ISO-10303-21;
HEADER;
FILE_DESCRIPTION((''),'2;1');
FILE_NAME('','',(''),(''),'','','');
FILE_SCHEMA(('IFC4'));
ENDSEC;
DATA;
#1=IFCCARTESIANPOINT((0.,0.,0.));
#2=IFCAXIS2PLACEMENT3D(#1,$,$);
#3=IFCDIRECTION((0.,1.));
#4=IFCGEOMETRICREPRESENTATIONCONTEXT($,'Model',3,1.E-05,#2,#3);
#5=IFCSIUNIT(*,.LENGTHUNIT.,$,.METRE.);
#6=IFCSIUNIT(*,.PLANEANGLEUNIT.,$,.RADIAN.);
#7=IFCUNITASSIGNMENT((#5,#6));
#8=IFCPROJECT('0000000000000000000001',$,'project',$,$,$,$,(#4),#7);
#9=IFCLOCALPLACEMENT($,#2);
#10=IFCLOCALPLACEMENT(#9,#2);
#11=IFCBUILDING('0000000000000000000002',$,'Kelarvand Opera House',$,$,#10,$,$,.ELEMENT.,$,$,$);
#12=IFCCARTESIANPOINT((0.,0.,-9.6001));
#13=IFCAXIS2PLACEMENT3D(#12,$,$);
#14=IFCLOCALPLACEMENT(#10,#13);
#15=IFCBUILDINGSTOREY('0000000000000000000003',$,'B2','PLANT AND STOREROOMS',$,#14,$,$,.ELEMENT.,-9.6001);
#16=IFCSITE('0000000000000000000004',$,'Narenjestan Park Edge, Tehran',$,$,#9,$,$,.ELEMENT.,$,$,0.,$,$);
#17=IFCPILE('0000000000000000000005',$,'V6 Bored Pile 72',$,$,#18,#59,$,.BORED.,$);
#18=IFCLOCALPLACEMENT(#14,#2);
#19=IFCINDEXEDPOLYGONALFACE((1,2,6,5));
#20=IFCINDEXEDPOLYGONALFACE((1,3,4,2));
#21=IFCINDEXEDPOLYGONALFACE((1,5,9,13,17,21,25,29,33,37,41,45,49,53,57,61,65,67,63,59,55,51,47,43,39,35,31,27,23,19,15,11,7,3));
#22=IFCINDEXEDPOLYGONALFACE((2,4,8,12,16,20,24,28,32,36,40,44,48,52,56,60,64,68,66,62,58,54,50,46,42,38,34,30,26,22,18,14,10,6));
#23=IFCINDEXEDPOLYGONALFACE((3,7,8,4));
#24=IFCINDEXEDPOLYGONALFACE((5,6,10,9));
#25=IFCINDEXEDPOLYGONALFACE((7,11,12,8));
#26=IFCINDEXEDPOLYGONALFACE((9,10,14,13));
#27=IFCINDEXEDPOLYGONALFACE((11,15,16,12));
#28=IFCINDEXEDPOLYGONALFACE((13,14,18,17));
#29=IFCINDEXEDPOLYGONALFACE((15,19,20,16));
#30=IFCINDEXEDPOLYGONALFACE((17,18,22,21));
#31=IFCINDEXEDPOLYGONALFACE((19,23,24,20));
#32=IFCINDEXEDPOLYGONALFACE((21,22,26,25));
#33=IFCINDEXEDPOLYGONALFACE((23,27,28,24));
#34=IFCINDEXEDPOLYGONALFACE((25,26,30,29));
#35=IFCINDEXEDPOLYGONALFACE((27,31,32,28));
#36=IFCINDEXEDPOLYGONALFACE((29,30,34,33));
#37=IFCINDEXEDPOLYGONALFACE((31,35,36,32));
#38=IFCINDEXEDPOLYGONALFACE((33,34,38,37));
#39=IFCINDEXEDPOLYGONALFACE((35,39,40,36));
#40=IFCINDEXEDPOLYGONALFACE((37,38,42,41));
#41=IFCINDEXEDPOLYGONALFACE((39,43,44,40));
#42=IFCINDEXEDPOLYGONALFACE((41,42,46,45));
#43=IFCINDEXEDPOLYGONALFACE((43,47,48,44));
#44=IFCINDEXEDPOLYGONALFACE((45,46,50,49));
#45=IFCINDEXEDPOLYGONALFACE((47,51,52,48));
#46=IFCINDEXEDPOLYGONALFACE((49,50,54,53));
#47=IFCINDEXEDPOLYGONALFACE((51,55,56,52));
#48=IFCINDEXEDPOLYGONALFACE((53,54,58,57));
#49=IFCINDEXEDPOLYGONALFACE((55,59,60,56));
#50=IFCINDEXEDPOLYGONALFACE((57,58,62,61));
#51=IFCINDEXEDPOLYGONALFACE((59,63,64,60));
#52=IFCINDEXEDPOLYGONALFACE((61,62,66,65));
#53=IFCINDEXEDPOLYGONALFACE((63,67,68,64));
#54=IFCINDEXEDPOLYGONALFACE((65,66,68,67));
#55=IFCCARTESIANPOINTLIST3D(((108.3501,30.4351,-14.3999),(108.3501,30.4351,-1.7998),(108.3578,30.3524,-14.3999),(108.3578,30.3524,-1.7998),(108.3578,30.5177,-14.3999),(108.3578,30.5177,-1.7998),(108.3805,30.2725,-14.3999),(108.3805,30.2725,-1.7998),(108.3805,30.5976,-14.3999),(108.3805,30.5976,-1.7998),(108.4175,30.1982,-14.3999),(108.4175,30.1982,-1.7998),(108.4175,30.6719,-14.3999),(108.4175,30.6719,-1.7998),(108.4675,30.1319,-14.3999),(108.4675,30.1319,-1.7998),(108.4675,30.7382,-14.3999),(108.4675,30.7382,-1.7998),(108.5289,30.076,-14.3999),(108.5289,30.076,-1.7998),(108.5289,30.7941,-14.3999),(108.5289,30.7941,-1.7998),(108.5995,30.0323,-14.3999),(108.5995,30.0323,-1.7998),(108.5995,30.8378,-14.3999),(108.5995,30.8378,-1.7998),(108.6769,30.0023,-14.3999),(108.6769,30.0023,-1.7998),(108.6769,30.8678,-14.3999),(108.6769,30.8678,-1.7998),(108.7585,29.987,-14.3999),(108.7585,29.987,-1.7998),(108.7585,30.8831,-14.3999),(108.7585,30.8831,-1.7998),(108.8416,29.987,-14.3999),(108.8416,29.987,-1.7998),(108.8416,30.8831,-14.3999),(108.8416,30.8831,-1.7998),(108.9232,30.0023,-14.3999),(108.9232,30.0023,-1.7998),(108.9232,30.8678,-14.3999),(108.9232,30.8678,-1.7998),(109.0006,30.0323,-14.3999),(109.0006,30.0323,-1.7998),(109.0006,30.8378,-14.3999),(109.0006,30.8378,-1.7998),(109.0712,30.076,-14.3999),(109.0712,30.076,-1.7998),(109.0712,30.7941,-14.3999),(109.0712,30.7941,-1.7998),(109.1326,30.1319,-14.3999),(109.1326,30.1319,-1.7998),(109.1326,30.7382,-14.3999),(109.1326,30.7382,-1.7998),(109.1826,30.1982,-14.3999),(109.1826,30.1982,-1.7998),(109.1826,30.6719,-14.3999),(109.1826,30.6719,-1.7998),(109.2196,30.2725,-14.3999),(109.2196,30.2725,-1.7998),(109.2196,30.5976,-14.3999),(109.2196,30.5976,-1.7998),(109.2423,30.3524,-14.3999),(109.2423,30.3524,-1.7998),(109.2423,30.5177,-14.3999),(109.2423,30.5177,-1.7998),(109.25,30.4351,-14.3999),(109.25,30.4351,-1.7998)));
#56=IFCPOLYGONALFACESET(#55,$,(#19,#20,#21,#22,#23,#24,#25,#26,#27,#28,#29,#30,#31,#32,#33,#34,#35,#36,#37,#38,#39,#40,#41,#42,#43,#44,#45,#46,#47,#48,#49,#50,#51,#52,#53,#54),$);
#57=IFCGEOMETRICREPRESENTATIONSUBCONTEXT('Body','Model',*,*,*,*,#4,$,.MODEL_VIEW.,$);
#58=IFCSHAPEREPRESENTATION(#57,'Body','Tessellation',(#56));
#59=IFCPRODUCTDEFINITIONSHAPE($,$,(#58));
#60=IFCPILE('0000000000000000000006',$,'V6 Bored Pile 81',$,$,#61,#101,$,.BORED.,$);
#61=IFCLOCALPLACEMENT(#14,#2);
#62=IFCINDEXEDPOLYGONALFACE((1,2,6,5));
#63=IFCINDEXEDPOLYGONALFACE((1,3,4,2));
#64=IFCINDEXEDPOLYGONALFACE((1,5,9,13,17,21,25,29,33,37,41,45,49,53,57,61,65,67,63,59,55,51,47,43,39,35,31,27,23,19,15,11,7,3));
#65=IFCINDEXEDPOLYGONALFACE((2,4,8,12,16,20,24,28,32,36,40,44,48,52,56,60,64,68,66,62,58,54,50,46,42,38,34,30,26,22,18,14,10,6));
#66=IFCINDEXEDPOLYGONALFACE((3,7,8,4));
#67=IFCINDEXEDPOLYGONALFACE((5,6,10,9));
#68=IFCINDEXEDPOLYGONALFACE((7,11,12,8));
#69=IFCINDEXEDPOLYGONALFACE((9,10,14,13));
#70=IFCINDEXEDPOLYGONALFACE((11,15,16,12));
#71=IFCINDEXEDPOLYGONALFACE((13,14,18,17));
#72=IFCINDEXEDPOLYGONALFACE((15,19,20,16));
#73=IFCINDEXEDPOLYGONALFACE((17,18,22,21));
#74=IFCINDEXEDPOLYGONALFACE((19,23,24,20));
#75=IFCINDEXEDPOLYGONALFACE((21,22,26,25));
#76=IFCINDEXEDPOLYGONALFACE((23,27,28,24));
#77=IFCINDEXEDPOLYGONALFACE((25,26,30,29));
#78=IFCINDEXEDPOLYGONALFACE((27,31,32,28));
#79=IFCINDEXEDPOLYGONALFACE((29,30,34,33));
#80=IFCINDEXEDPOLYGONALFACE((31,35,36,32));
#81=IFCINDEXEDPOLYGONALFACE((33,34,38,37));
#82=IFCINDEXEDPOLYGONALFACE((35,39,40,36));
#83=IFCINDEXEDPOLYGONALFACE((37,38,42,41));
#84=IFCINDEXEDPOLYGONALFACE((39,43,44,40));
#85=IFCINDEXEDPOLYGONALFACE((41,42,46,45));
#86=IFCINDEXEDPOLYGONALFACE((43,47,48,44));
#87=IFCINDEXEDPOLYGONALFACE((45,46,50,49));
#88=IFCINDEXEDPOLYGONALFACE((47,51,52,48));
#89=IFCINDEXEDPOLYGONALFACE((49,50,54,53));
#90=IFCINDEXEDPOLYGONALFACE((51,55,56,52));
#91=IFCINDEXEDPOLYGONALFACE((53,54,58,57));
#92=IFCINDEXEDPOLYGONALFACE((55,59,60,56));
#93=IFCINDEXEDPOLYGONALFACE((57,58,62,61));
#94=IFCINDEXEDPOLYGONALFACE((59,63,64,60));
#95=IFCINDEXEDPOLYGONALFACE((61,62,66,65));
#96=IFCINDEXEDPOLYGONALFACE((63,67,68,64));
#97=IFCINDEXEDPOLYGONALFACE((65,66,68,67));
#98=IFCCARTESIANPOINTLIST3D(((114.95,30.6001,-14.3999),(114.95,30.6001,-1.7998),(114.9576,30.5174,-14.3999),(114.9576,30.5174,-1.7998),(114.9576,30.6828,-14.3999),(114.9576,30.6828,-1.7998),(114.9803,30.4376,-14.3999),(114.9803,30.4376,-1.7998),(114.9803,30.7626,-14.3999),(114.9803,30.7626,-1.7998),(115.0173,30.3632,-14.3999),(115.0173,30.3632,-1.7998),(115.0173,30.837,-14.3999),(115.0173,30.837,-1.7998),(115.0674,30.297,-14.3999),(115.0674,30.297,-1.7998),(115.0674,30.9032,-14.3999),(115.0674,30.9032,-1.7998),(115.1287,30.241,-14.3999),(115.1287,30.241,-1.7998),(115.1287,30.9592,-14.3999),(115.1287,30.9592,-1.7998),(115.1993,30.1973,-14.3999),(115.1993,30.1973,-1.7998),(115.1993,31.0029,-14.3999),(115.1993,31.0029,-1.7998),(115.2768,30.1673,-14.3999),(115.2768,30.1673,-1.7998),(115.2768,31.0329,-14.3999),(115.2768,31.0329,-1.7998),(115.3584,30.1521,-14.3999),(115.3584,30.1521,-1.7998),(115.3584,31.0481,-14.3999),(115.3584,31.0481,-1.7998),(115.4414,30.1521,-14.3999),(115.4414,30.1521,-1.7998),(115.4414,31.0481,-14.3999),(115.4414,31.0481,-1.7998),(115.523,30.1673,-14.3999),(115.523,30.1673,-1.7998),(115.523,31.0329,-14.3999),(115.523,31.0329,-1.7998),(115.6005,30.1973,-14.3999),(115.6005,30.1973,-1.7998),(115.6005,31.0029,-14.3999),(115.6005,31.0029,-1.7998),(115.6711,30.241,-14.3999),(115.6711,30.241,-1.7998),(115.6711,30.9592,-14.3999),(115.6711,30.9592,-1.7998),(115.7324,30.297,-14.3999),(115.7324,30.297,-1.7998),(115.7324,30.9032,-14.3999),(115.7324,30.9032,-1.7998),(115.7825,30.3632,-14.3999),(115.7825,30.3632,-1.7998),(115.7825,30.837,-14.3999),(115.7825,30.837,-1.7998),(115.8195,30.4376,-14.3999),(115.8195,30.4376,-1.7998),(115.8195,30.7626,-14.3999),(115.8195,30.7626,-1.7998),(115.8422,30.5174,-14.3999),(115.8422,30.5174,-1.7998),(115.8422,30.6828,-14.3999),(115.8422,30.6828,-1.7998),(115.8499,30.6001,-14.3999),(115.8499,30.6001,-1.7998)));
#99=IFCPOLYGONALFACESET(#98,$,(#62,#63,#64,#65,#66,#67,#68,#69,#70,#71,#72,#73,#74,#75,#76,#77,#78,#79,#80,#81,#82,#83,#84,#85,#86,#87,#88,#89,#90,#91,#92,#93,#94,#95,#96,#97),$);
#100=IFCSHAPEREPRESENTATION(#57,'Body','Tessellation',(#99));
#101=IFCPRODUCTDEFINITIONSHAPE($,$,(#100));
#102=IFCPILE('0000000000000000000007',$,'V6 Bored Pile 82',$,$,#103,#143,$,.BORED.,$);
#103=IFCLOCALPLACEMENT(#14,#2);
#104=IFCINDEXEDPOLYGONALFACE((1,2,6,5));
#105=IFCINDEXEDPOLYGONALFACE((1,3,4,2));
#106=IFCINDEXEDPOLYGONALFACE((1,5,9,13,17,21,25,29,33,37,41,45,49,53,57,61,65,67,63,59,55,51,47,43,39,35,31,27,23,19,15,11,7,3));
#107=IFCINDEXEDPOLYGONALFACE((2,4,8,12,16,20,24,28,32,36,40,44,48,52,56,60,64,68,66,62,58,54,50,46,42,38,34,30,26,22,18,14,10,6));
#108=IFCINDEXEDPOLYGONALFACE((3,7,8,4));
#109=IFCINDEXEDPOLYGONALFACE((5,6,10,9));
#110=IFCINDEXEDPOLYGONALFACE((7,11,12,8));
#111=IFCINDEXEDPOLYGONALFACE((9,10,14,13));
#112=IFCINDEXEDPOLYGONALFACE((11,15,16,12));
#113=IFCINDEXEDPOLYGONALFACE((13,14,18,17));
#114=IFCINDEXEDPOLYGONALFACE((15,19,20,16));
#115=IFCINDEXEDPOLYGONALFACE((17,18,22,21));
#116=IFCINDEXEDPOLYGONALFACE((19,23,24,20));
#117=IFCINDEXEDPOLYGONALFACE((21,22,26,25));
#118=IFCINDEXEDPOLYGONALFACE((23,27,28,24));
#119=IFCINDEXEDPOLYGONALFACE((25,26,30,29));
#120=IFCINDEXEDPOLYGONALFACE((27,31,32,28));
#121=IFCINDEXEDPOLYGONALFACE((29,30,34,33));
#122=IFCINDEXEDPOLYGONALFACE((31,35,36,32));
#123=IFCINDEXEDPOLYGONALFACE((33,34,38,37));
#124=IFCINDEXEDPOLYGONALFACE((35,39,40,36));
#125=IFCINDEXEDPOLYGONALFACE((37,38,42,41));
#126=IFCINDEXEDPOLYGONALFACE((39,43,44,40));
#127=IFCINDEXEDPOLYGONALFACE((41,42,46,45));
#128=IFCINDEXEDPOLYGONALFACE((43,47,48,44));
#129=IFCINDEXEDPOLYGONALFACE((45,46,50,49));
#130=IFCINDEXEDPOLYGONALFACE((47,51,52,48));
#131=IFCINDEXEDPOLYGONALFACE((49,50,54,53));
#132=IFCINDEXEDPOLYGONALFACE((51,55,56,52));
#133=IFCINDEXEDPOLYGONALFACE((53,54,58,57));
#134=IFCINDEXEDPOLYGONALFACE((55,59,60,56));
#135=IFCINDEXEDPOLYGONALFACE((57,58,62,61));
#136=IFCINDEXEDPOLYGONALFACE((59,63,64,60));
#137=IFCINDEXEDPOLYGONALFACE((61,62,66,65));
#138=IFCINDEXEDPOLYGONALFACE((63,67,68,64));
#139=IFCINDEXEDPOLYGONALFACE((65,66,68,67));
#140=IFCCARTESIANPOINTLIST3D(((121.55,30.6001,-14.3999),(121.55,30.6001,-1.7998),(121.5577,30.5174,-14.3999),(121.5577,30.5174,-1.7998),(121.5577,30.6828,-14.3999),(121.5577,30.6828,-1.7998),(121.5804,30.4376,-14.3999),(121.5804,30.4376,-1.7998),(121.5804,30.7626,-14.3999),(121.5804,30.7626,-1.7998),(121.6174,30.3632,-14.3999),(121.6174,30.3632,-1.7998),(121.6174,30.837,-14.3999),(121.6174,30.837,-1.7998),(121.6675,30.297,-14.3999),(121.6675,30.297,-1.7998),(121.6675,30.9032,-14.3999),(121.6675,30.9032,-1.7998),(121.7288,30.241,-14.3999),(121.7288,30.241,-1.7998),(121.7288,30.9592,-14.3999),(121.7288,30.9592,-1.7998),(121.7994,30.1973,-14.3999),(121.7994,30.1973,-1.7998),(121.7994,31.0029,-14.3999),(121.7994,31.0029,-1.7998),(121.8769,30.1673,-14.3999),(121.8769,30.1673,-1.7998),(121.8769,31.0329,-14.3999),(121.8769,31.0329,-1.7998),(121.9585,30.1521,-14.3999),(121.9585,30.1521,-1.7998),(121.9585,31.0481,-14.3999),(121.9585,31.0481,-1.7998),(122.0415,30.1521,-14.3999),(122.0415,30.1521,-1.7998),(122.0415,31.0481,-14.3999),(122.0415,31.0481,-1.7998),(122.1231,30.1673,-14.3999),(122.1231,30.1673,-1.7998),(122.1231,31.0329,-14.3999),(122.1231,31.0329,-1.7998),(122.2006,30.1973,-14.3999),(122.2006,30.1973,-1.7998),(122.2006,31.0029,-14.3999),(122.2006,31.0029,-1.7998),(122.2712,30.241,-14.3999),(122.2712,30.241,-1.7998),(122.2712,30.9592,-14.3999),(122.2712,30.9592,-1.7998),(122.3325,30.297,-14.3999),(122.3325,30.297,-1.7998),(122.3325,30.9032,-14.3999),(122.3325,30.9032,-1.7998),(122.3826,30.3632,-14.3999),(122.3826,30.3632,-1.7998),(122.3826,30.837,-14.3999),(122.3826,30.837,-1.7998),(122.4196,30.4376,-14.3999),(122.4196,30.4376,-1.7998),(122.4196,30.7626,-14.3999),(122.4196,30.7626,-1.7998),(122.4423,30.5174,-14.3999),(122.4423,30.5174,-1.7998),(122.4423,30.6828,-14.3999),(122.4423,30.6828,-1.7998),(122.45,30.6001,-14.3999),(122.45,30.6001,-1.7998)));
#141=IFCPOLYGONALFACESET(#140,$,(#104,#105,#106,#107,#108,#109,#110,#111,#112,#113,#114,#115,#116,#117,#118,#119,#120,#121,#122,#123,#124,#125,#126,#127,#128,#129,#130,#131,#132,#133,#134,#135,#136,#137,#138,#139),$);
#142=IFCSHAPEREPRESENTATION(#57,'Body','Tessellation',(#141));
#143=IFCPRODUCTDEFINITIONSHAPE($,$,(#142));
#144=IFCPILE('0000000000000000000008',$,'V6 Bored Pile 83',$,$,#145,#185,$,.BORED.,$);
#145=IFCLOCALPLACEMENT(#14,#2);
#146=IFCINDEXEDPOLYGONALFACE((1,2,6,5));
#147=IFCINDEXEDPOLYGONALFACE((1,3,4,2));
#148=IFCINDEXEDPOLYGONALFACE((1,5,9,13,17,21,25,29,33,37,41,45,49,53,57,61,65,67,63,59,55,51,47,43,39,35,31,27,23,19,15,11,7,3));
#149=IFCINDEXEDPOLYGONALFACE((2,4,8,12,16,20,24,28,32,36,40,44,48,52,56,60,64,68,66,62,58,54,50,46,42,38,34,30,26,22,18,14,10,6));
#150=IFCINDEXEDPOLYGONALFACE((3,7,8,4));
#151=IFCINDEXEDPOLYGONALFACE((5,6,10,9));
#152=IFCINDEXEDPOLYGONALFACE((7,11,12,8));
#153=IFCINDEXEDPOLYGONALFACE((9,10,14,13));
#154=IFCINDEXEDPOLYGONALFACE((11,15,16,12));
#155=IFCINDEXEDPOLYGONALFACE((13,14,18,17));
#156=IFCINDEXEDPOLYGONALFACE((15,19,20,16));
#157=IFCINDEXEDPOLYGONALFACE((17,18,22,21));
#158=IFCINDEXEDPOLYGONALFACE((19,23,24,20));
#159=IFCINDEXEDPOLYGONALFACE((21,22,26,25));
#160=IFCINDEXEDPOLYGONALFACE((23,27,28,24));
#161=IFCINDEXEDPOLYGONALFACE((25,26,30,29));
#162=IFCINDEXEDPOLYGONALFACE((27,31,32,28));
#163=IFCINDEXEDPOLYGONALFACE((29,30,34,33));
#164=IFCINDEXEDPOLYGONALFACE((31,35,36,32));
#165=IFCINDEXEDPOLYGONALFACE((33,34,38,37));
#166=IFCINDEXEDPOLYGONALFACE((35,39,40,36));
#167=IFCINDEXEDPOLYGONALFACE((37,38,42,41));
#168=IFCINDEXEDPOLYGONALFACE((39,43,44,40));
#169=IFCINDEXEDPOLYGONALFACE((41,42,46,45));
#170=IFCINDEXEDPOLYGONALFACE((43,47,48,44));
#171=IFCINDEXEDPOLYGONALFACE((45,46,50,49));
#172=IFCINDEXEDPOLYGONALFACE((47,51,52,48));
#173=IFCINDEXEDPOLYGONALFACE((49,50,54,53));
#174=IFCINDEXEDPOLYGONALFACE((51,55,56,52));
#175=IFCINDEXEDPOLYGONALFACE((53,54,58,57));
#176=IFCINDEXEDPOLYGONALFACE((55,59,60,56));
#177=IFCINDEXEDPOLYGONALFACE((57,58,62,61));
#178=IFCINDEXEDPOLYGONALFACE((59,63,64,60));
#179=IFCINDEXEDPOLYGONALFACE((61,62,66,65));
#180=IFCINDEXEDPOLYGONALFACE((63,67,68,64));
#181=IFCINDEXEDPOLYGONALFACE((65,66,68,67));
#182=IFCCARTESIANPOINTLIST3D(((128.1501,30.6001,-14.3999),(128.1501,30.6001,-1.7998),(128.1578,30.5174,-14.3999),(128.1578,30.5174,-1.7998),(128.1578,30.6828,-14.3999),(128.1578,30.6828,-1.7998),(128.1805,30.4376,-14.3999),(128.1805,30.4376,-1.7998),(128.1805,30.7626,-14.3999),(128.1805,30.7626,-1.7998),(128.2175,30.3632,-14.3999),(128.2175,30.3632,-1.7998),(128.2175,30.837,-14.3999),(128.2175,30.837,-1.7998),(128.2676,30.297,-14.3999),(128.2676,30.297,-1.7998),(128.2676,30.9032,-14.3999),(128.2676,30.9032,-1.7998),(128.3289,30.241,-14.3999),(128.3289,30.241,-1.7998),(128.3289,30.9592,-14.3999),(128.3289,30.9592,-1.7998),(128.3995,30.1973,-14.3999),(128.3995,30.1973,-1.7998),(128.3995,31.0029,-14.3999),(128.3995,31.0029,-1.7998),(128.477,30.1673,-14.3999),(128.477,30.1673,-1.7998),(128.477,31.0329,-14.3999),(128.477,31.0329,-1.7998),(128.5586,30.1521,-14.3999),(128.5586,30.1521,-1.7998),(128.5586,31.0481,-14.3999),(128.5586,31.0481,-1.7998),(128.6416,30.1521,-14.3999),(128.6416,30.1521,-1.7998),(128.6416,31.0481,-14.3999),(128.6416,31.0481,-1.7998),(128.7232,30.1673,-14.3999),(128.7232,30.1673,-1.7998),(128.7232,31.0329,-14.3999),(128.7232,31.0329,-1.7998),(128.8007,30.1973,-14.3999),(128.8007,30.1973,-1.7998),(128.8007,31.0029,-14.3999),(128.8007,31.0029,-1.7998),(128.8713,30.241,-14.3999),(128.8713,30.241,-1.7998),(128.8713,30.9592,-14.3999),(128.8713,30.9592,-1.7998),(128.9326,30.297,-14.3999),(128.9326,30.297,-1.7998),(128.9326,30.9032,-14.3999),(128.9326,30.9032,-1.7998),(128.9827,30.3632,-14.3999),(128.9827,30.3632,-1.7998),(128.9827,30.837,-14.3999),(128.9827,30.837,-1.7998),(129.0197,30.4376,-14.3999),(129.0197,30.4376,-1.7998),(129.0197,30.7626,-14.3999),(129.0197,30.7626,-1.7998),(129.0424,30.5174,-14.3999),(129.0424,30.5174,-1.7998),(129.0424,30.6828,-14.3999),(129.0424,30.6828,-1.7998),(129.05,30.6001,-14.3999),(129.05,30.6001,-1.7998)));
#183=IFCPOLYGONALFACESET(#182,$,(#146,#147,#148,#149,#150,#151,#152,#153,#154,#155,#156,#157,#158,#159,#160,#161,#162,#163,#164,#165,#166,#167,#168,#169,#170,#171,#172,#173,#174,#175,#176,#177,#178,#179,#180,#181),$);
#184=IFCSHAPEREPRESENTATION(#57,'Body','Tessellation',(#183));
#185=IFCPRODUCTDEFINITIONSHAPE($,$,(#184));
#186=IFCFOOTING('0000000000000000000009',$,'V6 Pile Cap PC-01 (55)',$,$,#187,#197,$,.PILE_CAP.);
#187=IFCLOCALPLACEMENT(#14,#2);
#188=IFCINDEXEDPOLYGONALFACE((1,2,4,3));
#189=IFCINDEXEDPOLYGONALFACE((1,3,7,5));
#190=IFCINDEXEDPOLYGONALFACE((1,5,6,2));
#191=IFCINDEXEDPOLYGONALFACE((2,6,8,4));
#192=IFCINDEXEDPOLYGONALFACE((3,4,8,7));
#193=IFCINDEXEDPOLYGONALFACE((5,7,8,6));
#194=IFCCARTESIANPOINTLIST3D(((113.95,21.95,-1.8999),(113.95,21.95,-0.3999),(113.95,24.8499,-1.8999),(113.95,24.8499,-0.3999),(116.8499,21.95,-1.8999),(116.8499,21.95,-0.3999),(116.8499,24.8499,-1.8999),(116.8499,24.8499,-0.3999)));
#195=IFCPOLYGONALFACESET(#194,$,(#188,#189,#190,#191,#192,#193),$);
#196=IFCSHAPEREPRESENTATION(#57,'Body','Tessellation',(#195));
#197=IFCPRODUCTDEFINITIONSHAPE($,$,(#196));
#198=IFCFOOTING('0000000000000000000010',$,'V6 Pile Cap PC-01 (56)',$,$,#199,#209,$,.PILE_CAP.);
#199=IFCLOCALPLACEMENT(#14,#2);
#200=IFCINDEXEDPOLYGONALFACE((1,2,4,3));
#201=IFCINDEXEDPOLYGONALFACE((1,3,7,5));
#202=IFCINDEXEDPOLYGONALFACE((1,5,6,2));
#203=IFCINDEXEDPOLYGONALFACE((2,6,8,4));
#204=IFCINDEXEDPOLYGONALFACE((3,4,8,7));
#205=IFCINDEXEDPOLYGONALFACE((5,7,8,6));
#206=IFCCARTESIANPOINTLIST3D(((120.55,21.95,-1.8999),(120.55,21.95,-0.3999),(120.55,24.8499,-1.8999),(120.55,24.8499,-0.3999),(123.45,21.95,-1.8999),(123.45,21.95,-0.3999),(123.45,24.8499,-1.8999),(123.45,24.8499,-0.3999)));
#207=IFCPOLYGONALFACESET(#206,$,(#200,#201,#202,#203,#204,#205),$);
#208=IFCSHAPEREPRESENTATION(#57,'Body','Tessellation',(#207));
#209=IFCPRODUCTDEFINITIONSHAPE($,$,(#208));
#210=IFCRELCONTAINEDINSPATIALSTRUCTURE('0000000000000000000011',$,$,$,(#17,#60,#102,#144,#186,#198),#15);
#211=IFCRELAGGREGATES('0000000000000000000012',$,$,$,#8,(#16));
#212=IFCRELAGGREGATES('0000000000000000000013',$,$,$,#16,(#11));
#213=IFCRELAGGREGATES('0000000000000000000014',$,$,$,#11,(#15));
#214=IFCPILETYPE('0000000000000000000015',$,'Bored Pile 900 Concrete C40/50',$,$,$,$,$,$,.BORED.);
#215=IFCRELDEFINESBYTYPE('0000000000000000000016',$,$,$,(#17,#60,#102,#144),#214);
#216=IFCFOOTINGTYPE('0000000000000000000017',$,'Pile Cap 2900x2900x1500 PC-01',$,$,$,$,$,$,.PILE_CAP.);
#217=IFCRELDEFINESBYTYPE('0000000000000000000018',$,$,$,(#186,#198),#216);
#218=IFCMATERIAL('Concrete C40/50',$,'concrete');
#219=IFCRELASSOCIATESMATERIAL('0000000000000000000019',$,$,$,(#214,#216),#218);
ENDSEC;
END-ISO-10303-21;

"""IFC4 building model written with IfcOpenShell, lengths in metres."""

from ifc_helpers import new_model, si_unit, direction, frame, origin, origin_2d, place, context, subcontext, project, spatial, rectangle, circle, extrude, material, material_profile, profile_set, type_object, element, save


model = new_model("IFC4")

# Units and contexts
model_context = context("Model", 3, precision=1e-05, world=origin(), true_north=direction((0.0, 1.0)))
body_context = subcontext(model_context, "Body", "Model", "MODEL_VIEW")
ifc_project = project(units=[si_unit("LENGTHUNIT", "METRE"), si_unit("PLANEANGLEUNIT", "RADIAN")], contexts=[model_context])

# Site, building, storey
site_placement = place(None, origin())
site = spatial("IfcSite", under=ifc_project, at=site_placement, Name="Narenjestan Park Edge, Tehran", CompositionType="ELEMENT", RefElevation=0.0)
building_placement = place(site_placement, origin())
building = spatial("IfcBuilding", under=site, at=building_placement, Name="Kelarvand Opera House", CompositionType="ELEMENT")
storey_placement = place(building_placement, frame((0.0, 0.0, -9.6001)))
storey = spatial("IfcBuildingStorey", under=building, at=storey_placement, Name="B2", Description="PLANT AND STOREROOMS", CompositionType="ELEMENT", Elevation=-9.6001)

# Piles
ifc_material_1 = material(Name="Concrete C40/50", Category="concrete")
ifc_material_profile_1 = material_profile(ifc_material_1, circle(Radius=0.45, at=origin_2d()), Name="BP 900", Category="concrete")
ifc_profile_set_1 = profile_set([ifc_material_profile_1], Name="Concrete C40/50")
pile_type = type_object("IfcPileType", Name="Bored Pile 900 Concrete C40/50", PredefinedType="BORED", material=ifc_profile_set_1)
for number, where, z_axis, x_axis, name in (
    (1, (108.8, 30.4351, -1.7998), (0.0, 0.0, -1.0), (1.0, 0.0, 0.0), "V6 Bored Pile 72"),
    (2, (115.3999, 30.6001, -1.7998), (0.0, 0.0, -1.0), (1.0, 0.0, 0.0), "V6 Bored Pile 81"),
    (3, (122.0, 30.6001, -1.7998), (0.0, 0.0, -1.0), (1.0, 0.0, 0.0), "V6 Bored Pile 82"),
    (4, (128.6001, 30.6001, -1.7998), (0.0, 0.0, -1.0), (1.0, 0.0, 0.0), "V6 Bored Pile 83"),
):
    element("IfcPile", number, at=place(storey_placement, frame(where, z_axis=z_axis, x_axis=x_axis)), inside=storey, type_object=pile_type, Name=name, PredefinedType="BORED", context=body_context, shape_type="SweptSolid", body=[
        extrude(circle(Radius=0.45, at=origin_2d()), origin(), (0.0, 0.0, 1.0), 12.6001),
    ])

# Footings
footing_type_1 = type_object("IfcFootingType", Name="Pile Cap 2900x2900x1500 PC-01", PredefinedType="PILE_CAP", material=ifc_material_1)
for number, where, z_axis, x_axis, name in (
    (5, (115.3999, 23.3999, -1.8999), (0.0, 0.0, 1.0), (1.0, 0.0, 0.0), "V6 Pile Cap PC-01 (55)"),
    (6, (122.0, 23.3999, -1.8999), (0.0, 0.0, 1.0), (1.0, 0.0, 0.0), "V6 Pile Cap PC-01 (56)"),
):
    element("IfcFooting", number, at=place(storey_placement, frame(where, z_axis=z_axis, x_axis=x_axis)), inside=storey, type_object=footing_type_1, Name=name, PredefinedType="PILE_CAP", context=body_context, shape_type="SweptSolid", body=[
        extrude(rectangle(XDim=2.8999, YDim=2.8999, at=origin_2d()), origin(), (0.0, 0.0, 1.0), 1.5),
    ])

save(model, "model.ifc")
